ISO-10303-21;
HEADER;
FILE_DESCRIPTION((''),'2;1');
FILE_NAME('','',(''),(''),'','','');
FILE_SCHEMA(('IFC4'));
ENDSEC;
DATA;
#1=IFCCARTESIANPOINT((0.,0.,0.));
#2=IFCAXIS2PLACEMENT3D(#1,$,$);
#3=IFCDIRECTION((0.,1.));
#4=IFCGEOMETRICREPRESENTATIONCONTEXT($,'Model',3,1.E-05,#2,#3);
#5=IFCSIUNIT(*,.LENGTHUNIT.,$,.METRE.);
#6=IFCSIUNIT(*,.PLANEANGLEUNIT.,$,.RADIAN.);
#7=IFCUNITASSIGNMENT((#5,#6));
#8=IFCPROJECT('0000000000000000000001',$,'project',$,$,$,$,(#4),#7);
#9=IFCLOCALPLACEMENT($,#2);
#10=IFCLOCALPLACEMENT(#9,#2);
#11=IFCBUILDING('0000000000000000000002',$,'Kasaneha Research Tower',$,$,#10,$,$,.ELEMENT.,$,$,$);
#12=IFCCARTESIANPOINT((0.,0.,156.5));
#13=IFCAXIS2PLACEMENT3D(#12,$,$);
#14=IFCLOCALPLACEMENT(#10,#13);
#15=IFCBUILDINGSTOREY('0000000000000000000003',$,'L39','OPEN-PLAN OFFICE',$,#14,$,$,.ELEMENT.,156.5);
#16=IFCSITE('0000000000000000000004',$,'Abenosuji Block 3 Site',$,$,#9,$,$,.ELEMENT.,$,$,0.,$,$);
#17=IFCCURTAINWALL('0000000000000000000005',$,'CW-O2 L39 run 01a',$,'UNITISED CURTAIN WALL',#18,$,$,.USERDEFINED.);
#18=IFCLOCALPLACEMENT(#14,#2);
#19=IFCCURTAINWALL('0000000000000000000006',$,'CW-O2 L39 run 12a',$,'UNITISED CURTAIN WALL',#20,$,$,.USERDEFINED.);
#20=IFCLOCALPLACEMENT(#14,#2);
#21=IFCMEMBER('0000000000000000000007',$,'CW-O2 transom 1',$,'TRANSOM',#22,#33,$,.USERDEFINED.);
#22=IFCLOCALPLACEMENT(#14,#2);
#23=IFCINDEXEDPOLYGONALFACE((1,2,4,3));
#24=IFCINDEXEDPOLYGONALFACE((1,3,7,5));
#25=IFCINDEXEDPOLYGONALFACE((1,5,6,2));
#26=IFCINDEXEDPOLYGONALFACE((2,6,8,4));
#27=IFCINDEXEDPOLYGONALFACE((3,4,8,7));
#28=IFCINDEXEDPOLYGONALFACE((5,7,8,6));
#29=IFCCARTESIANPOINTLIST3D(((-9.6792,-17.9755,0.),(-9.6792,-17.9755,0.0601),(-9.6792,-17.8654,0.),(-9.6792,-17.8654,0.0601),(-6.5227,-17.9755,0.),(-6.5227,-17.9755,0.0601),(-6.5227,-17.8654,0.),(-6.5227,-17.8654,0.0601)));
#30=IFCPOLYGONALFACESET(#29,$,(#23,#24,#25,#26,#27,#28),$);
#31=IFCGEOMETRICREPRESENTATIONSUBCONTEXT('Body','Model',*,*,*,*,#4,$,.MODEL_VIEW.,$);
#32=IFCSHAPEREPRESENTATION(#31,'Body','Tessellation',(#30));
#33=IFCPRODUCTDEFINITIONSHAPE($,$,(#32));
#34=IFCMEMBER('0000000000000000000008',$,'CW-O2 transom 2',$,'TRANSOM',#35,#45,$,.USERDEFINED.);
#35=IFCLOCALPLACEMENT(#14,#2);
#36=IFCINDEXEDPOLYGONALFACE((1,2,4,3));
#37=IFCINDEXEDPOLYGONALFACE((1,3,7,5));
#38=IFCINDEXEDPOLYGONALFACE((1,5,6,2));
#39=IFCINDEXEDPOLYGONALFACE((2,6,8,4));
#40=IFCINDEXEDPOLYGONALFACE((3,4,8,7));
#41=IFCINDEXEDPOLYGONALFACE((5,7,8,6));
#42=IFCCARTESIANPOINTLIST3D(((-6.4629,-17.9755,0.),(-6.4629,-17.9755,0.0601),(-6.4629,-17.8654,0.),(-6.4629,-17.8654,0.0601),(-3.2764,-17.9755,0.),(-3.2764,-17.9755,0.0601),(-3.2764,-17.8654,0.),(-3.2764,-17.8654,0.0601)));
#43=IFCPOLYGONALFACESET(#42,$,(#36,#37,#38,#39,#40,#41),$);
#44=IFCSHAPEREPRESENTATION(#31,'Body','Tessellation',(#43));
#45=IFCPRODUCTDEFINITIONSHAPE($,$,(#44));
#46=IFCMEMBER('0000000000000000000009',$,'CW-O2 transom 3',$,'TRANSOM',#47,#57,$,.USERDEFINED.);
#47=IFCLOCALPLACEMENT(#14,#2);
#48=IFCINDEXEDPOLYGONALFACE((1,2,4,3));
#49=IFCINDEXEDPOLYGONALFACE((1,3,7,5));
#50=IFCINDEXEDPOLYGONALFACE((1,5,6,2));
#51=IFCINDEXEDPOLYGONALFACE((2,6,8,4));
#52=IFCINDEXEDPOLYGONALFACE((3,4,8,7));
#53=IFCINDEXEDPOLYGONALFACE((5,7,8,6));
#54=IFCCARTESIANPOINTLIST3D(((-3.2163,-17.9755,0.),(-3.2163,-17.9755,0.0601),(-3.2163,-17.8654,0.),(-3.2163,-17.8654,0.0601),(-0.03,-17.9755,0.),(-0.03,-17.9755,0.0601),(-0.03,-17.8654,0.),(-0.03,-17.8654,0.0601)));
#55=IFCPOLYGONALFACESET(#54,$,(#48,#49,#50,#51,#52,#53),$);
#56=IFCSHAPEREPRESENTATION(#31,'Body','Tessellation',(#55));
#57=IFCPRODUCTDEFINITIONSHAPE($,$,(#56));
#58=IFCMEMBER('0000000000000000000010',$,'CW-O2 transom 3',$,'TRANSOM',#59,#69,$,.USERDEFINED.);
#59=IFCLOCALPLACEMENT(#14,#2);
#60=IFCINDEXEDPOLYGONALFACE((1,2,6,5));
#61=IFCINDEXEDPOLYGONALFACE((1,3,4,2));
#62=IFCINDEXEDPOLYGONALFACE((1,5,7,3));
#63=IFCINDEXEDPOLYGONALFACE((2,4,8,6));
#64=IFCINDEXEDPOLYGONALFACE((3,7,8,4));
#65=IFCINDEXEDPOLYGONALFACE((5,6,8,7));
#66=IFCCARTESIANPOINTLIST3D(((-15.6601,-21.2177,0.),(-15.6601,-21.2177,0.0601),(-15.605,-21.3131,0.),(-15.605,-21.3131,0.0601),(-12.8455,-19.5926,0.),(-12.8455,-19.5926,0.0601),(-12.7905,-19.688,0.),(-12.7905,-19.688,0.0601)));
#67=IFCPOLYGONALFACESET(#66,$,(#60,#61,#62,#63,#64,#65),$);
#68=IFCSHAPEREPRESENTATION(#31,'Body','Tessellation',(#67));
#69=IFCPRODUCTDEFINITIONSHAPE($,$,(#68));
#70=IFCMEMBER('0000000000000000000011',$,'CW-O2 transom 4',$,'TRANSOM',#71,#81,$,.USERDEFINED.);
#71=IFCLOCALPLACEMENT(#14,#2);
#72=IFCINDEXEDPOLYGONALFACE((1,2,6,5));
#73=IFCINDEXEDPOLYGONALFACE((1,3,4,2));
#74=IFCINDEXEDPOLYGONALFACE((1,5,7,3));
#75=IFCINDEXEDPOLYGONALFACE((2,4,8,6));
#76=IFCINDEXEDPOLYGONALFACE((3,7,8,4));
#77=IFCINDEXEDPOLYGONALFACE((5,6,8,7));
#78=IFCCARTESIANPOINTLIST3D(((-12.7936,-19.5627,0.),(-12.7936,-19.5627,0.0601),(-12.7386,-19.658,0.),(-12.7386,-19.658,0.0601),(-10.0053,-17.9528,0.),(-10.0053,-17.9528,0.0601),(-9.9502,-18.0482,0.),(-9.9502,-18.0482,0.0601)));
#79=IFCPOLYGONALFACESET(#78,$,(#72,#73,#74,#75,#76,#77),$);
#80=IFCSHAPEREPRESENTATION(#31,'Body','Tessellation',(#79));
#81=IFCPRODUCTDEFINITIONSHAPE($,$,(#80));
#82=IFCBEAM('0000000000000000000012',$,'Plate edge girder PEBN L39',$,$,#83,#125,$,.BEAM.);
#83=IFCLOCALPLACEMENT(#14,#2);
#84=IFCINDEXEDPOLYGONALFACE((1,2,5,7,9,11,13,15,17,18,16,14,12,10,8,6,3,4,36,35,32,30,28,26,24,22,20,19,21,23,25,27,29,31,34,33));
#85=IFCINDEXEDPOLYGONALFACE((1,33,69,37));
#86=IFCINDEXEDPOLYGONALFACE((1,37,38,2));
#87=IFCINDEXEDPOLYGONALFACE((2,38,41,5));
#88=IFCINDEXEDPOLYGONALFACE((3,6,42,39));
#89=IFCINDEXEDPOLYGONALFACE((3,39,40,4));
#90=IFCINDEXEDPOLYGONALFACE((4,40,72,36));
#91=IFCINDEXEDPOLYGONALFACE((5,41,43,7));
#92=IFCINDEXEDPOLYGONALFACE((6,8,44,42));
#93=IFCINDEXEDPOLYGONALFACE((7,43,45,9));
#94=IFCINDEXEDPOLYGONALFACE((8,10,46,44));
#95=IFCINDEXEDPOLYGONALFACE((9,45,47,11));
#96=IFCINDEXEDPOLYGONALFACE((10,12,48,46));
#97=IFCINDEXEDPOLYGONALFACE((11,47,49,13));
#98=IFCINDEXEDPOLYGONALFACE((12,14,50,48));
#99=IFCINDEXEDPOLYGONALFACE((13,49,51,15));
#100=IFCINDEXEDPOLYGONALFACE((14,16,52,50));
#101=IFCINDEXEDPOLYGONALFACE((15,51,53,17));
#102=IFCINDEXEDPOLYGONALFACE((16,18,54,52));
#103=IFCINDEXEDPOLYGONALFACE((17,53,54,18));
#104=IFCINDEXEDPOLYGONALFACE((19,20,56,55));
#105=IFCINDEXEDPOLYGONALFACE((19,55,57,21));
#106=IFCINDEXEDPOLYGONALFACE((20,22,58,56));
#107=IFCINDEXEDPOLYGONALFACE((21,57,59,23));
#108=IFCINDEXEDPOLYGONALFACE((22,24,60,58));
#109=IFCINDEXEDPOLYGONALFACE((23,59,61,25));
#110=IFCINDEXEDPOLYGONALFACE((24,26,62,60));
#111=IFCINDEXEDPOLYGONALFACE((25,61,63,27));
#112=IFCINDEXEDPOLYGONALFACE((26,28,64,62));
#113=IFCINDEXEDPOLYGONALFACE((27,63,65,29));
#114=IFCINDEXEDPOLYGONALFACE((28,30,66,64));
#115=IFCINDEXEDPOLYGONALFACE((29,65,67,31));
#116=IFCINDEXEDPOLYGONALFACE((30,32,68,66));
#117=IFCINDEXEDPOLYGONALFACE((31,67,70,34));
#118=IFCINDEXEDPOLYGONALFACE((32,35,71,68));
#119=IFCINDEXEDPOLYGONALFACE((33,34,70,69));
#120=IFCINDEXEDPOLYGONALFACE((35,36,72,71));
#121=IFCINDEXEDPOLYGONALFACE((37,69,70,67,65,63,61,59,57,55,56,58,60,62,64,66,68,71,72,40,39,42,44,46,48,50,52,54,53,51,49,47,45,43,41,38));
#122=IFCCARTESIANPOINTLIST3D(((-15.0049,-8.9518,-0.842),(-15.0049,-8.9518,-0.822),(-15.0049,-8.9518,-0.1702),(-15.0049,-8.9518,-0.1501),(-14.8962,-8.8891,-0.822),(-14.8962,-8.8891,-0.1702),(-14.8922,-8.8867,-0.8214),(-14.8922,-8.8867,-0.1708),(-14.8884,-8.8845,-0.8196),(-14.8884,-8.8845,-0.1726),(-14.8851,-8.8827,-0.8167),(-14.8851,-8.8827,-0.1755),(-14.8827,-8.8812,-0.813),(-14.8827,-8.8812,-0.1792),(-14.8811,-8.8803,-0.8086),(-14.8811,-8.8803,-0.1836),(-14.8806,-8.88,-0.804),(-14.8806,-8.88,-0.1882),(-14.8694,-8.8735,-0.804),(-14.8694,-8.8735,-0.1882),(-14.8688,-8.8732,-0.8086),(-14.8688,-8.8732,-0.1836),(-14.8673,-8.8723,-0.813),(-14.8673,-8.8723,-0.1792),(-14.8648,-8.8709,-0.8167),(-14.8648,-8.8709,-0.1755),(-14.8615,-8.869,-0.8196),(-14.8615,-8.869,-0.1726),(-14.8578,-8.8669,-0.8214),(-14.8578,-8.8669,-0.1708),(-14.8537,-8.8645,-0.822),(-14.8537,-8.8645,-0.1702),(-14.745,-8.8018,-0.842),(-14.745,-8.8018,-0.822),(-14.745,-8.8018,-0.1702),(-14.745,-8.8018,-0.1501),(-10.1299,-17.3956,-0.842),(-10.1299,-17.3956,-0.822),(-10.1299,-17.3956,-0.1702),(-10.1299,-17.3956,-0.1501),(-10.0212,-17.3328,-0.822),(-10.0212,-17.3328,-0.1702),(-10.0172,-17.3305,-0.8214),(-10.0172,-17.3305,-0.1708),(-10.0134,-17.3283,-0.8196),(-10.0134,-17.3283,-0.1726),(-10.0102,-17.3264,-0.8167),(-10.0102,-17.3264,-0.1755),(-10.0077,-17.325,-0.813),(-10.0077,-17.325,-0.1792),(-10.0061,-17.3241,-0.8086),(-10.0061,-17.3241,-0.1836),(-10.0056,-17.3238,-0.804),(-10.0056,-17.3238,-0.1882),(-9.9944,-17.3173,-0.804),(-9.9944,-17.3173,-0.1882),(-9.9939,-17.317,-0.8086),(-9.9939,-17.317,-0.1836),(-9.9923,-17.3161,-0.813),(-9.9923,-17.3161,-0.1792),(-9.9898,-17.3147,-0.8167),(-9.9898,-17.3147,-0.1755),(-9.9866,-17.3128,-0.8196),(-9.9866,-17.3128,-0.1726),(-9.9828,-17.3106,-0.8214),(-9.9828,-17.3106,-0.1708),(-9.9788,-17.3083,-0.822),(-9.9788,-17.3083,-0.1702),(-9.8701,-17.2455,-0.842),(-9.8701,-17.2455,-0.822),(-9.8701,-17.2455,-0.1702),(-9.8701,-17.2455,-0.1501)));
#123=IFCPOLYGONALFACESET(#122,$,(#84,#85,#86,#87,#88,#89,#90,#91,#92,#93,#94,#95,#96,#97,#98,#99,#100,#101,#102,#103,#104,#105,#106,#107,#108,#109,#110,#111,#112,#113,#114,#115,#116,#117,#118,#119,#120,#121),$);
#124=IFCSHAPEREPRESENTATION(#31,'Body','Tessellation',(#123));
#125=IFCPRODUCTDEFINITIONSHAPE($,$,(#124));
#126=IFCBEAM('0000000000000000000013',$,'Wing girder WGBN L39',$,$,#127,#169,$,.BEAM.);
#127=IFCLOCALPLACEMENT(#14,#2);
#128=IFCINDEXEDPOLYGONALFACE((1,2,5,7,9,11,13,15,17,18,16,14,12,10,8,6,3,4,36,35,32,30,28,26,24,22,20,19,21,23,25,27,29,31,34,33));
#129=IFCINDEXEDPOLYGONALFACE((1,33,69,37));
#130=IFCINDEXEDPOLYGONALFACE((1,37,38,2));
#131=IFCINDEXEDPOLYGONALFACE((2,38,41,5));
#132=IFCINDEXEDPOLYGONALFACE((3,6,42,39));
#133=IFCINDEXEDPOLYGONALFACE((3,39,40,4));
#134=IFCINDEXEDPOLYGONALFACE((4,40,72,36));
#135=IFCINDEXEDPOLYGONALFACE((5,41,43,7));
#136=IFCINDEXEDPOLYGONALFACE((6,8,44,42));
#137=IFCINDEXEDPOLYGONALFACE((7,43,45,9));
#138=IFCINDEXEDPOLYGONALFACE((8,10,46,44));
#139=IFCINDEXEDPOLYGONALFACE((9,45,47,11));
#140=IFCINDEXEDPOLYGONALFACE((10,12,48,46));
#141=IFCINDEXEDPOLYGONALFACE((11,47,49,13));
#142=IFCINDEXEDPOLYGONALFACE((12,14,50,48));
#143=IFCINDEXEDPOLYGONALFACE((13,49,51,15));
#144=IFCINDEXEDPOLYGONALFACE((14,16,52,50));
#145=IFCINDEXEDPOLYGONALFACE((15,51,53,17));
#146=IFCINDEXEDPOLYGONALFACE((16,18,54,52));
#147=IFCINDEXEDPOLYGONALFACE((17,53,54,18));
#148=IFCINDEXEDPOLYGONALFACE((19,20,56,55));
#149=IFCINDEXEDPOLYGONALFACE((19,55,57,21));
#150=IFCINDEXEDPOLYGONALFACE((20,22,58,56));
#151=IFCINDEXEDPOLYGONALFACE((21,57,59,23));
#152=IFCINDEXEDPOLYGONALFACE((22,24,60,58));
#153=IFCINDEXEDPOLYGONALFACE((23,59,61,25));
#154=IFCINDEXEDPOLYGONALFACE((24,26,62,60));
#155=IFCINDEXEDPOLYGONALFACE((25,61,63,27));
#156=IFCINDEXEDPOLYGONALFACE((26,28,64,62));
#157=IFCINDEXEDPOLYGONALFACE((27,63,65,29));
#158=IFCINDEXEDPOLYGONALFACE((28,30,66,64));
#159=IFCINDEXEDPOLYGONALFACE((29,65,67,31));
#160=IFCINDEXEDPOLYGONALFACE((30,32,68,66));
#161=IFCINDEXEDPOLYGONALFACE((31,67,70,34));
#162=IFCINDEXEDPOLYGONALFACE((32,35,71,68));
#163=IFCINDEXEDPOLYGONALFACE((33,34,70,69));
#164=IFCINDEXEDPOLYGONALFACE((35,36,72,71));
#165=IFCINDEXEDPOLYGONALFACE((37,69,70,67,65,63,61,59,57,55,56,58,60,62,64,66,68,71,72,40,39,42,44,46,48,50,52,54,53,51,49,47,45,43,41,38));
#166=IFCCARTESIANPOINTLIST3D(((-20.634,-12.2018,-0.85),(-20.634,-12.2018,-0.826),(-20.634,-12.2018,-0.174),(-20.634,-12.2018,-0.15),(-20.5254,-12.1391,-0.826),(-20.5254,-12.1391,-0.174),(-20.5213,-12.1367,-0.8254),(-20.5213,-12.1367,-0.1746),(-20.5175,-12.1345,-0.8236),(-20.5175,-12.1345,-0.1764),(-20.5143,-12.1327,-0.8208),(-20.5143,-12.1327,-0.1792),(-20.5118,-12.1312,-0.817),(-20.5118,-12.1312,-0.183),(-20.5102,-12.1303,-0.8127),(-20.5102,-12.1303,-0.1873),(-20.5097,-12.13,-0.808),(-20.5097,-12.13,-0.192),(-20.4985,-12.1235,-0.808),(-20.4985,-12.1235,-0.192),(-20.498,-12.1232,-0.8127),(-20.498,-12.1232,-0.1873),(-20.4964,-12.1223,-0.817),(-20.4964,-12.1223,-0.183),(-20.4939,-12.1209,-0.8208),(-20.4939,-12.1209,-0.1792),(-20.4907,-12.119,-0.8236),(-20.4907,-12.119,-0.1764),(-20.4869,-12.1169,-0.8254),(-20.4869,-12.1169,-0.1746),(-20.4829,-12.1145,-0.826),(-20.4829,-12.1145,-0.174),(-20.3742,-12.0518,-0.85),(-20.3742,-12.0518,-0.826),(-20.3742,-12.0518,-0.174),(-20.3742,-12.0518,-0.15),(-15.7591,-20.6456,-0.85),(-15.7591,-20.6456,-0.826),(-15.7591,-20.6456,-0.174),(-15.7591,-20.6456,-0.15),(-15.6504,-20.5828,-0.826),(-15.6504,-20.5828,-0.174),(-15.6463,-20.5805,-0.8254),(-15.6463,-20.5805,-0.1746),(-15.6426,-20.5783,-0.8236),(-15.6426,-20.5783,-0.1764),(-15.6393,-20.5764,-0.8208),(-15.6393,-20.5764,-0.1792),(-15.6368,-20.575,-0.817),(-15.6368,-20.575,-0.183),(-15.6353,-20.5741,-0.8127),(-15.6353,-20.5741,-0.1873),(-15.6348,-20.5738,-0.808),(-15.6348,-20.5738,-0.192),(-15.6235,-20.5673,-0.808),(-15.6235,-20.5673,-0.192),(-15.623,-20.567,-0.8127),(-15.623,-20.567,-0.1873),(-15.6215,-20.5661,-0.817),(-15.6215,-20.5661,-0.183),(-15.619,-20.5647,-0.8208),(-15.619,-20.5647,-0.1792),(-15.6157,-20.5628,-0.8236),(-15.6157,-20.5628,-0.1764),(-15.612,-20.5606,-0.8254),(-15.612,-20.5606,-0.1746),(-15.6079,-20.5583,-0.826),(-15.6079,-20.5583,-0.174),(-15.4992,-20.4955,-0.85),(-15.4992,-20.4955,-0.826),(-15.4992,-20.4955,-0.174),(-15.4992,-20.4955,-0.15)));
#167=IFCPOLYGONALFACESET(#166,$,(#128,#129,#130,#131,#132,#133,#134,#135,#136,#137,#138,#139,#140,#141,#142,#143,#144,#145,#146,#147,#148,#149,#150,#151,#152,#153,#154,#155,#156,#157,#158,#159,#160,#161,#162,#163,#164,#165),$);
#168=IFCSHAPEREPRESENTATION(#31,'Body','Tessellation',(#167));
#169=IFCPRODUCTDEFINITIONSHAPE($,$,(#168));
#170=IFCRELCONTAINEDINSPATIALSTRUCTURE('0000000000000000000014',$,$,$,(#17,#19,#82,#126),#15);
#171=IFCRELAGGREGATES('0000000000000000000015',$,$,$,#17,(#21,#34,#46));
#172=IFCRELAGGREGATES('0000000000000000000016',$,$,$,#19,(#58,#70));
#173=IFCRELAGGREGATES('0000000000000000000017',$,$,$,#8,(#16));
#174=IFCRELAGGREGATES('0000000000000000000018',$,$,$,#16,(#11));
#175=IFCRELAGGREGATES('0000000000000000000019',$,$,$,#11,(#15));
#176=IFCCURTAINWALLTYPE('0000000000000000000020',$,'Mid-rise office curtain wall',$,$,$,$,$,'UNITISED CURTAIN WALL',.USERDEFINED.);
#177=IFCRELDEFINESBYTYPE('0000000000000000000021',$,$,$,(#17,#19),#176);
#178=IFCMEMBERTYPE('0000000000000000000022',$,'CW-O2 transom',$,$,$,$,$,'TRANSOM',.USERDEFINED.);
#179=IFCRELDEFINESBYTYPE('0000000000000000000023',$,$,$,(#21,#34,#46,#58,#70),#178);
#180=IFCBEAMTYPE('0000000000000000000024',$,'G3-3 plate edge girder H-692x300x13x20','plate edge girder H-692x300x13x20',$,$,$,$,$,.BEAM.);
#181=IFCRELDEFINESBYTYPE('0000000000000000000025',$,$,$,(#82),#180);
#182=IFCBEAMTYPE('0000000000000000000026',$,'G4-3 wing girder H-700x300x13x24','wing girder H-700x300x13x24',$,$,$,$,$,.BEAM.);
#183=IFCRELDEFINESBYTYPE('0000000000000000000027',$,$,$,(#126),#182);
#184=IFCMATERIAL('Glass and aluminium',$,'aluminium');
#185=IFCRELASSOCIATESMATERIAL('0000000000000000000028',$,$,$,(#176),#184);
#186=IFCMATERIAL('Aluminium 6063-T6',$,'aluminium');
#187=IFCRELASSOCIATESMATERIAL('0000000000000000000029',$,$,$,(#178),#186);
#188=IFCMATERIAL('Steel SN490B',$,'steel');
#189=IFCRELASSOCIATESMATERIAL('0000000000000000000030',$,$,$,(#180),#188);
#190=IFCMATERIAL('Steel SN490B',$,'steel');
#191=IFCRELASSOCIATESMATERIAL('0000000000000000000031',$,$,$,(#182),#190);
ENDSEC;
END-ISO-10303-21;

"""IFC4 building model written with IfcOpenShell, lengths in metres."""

from ifc_helpers import new_model, si_unit, direction, frame, origin, origin_2d, place, context, subcontext, project, spatial, rectangle, i_section, extrude, material, material_profile, profile_set, type_object, element, aggregate, save


model = new_model("IFC4")

# Units and contexts
model_context = context("Model", 3, precision=1e-05, world=origin(), true_north=direction((0.0, 1.0)))
body_context = subcontext(model_context, "Body", "Model", "MODEL_VIEW")
ifc_project = project(units=[si_unit("LENGTHUNIT", "METRE"), si_unit("PLANEANGLEUNIT", "RADIAN")], contexts=[model_context])

# Site, building, storey
site_placement = place(None, origin())
site = spatial("IfcSite", under=ifc_project, at=site_placement, Name="Abenosuji Block 3 Site", CompositionType="ELEMENT", RefElevation=0.0)
building_placement = place(site_placement, origin())
building = spatial("IfcBuilding", under=site, at=building_placement, Name="Kasaneha Research Tower", CompositionType="ELEMENT")
storey_placement = place(building_placement, frame((0.0, 0.0, 156.5)))
storey = spatial("IfcBuildingStorey", under=building, at=storey_placement, Name="L39", Description="OPEN-PLAN OFFICE", CompositionType="ELEMENT", Elevation=156.5)

# Curtain walls
ifc_material_1 = material(Name="Glass and aluminium", Category="aluminium")
curtain_wall_type = type_object("IfcCurtainWallType", Name="Mid-rise office curtain wall", ElementType="UNITISED CURTAIN WALL", PredefinedType="USERDEFINED", material=ifc_material_1)
curtain_wall_1_placement = place(storey_placement, origin())
curtain_wall_1 = element("IfcCurtainWall", 1, at=curtain_wall_1_placement, inside=storey, type_object=curtain_wall_type, Name="CW-O2 L39 run 01a", ObjectType="UNITISED CURTAIN WALL", PredefinedType="USERDEFINED")
curtain_wall_2_placement = place(storey_placement, origin())
curtain_wall_2 = element("IfcCurtainWall", 2, at=curtain_wall_2_placement, inside=storey, type_object=curtain_wall_type, Name="CW-O2 L39 run 12a", ObjectType="UNITISED CURTAIN WALL", PredefinedType="USERDEFINED")

# Members
ifc_material_2 = material(Name="Aluminium 6063-T6", Category="aluminium")
ifc_material_profile_1 = material_profile(ifc_material_2, rectangle(XDim=0.1101, YDim=0.0601, at=origin_2d()), Name="CW-O2 transom 110x60")
ifc_profile_set_1 = profile_set([ifc_material_profile_1], Name="Aluminium 6063-T6")
member_type_1 = type_object("IfcMemberType", Name="CW-O2 transom", ElementType="TRANSOM", PredefinedType="USERDEFINED", material=ifc_profile_set_1)
member_1_placement = place(storey_placement, frame((-9.6792, -17.9204, 0.03), z_axis=(1.0, 0.0, 0.0), x_axis=(0.0, 1.0, 0.0)))
member_1 = element("IfcMember", 3, at=member_1_placement, type_object=member_type_1, Name="CW-O2 transom 1", ObjectType="TRANSOM", PredefinedType="USERDEFINED", context=body_context, shape_type="SweptSolid", body=[
    extrude(rectangle(XDim=0.1101, YDim=0.0601, at=origin_2d()), origin(), (0.0, 0.0, 1.0), 3.1565),
])
member_2_placement = place(storey_placement, frame((-6.4629, -17.9204, 0.03), z_axis=(1.0, 0.0, 0.0), x_axis=(0.0, 1.0, 0.0)))
member_2 = element("IfcMember", 4, at=member_2_placement, type_object=member_type_1, Name="CW-O2 transom 2", ObjectType="TRANSOM", PredefinedType="USERDEFINED", context=body_context, shape_type="SweptSolid", body=[
    extrude(rectangle(XDim=0.1101, YDim=0.0601, at=origin_2d()), origin(), (0.0, 0.0, 1.0), 3.1865),
])
member_3_placement = place(storey_placement, frame((-3.2163, -17.9204, 0.03), z_axis=(1.0, 0.0, 0.0), x_axis=(0.0, 1.0, 0.0)))
member_3 = element("IfcMember", 5, at=member_3_placement, type_object=member_type_1, Name="CW-O2 transom 3", ObjectType="TRANSOM", PredefinedType="USERDEFINED", context=body_context, shape_type="SweptSolid", body=[
    extrude(rectangle(XDim=0.1101, YDim=0.0601, at=origin_2d()), origin(), (0.0, 0.0, 1.0), 3.1863),
])
member_4_placement = place(storey_placement, frame((-15.6326, -21.2654, 0.03), z_axis=(0.866015, 0.500017, 0.0), x_axis=(-0.500017, 0.866015, 0.0)))
member_4 = element("IfcMember", 6, at=member_4_placement, type_object=member_type_1, Name="CW-O2 transom 3", ObjectType="TRANSOM", PredefinedType="USERDEFINED", context=body_context, shape_type="SweptSolid", body=[
    extrude(rectangle(XDim=0.1101, YDim=0.0601, at=origin_2d()), origin(), (0.0, 0.0, 1.0), 3.25),
])
member_5_placement = place(storey_placement, frame((-12.7661, -19.6104, 0.03), z_axis=(0.866023, 0.500005, 0.0), x_axis=(-0.500005, 0.866023, 0.0)))
member_5 = element("IfcMember", 7, at=member_5_placement, type_object=member_type_1, Name="CW-O2 transom 4", ObjectType="TRANSOM", PredefinedType="USERDEFINED", context=body_context, shape_type="SweptSolid", body=[
    extrude(rectangle(XDim=0.1101, YDim=0.0601, at=origin_2d()), origin(), (0.0, 0.0, 1.0), 3.2197),
])

# Beams
ifc_material_3 = material(Name="Steel SN490B", Category="steel")
ifc_material_profile_2 = material_profile(ifc_material_3, i_section(OverallWidth=0.3, OverallDepth=0.6919, WebThickness=0.0129, FlangeThickness=0.02, FilletRadius=0.0181, at=origin_2d()), Name="H-692x300x13x20")
ifc_profile_set_2 = profile_set([ifc_material_profile_2], Name="Steel SN490B")
beam_type_1 = type_object("IfcBeamType", Name="G3-3 plate edge girder H-692x300x13x20", Description="plate edge girder H-692x300x13x20", PredefinedType="BEAM", material=ifc_profile_set_2)
beam_1_placement = place(storey_placement, frame((-10.0, -17.3206, -0.4961), z_axis=(-0.499996, 0.866028, 0.0), x_axis=(-0.866028, -0.499996, 0.0)))
element("IfcBeam", 8, at=beam_1_placement, inside=storey, type_object=beam_type_1, Name="Plate edge girder PEBN L39", PredefinedType="BEAM", context=body_context, shape_type="SweptSolid", body=[
    extrude(i_section(OverallWidth=0.3, OverallDepth=0.6919, WebThickness=0.0129, FlangeThickness=0.02, FilletRadius=0.0181, at=origin_2d()), origin(), (0.0, 0.0, 1.0), 9.75),
])
ifc_material_4 = material(Name="Steel SN490B", Category="steel")
ifc_material_profile_3 = material_profile(ifc_material_4, i_section(OverallWidth=0.3, OverallDepth=0.7, WebThickness=0.0129, FlangeThickness=0.0239, FilletRadius=0.0181, at=origin_2d()), Name="H-700x300x13x24")
ifc_profile_set_3 = profile_set([ifc_material_profile_3], Name="Steel SN490B")
beam_type_2 = type_object("IfcBeamType", Name="G4-3 wing girder H-700x300x13x24", Description="wing girder H-700x300x13x24", PredefinedType="BEAM", material=ifc_profile_set_3)
beam_2_placement = place(storey_placement, frame((-15.6292, -20.5706, -0.5), z_axis=(-0.499996, 0.866028, 0.0), x_axis=(-0.866028, -0.499996, 0.0)))
element("IfcBeam", 9, at=beam_2_placement, inside=storey, type_object=beam_type_2, Name="Wing girder WGBN L39", PredefinedType="BEAM", context=body_context, shape_type="SweptSolid", body=[
    extrude(i_section(OverallWidth=0.3, OverallDepth=0.7, WebThickness=0.0129, FlangeThickness=0.0239, FilletRadius=0.0181, at=origin_2d()), origin(), (0.0, 0.0, 1.0), 9.75),
])

aggregate(curtain_wall_1, [member_1, member_2, member_3])
aggregate(curtain_wall_2, [member_4, member_5])

save(model, "model.ifc")
